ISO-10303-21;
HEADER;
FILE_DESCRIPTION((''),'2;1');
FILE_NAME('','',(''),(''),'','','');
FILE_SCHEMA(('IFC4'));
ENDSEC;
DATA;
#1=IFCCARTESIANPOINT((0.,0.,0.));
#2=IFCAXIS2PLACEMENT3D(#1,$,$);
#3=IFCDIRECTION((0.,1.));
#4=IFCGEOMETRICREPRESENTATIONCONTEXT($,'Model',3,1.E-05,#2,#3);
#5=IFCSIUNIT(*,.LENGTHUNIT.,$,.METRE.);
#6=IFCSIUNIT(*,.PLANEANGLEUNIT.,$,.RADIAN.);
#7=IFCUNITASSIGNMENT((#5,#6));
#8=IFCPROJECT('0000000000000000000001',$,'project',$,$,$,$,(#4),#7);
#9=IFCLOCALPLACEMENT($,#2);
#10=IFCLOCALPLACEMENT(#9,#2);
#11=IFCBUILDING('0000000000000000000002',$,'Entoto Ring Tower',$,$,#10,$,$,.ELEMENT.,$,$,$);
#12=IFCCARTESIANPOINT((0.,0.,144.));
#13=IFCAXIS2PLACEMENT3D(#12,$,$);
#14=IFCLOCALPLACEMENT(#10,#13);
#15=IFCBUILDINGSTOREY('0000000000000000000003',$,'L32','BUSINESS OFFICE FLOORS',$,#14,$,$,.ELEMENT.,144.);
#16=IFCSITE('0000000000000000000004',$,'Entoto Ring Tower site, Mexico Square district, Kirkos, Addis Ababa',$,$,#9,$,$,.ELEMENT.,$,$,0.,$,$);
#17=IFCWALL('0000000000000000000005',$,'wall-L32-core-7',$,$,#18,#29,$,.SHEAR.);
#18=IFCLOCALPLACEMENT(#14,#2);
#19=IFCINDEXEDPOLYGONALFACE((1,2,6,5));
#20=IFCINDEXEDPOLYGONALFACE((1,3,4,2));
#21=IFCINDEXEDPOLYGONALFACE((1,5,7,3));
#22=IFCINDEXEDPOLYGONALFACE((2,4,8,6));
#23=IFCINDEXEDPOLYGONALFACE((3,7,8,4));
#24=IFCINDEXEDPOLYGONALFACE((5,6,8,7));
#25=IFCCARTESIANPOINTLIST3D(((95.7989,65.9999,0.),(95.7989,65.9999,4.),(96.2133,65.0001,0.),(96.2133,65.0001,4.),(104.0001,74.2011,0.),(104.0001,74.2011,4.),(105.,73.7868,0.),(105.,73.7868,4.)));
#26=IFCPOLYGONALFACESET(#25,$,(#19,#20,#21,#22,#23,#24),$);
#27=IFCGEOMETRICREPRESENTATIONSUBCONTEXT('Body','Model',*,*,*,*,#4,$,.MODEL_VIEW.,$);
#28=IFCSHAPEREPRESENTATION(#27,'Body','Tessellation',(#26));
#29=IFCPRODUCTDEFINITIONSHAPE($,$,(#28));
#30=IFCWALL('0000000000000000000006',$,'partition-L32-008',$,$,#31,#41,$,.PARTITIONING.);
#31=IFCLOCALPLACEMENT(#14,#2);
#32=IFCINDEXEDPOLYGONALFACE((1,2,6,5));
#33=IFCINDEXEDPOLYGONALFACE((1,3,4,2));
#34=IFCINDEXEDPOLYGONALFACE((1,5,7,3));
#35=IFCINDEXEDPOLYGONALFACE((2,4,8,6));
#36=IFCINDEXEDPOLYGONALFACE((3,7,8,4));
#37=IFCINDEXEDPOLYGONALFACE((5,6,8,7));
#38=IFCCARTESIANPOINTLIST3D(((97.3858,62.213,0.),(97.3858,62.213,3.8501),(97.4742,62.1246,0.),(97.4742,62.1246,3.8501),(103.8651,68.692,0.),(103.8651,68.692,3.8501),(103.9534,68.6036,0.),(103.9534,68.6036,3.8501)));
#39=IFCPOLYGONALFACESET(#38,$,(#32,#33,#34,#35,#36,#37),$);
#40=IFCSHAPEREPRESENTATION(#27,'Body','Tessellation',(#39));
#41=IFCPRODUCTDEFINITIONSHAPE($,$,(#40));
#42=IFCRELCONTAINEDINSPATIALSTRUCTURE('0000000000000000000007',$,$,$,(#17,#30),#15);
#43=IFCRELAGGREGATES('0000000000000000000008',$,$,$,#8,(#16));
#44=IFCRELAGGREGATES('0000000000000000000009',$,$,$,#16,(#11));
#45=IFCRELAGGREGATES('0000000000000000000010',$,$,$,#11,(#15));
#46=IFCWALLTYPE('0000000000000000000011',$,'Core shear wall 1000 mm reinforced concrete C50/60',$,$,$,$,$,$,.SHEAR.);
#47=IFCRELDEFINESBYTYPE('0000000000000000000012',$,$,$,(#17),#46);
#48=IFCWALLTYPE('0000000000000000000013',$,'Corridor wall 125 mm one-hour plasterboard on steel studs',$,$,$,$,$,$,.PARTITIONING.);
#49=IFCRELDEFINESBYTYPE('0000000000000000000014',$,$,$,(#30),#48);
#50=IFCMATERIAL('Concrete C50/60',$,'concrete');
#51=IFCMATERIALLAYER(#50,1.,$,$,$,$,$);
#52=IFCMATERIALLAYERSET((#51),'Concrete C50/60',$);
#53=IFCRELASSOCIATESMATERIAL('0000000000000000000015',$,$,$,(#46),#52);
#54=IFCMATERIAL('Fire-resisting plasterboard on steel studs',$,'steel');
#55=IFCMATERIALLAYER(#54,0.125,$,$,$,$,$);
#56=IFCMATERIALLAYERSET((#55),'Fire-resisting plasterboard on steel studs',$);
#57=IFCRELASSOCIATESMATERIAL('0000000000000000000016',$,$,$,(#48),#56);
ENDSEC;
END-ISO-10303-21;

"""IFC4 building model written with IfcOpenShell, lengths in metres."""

from ifc_helpers import new_model, si_unit, direction, frame, frame_2d, origin, place, context, subcontext, project, spatial, polyline, rectangle, outline, extrude, material, layer, layer_set, type_object, element, save


model = new_model("IFC4")

# Units and contexts
model_context = context("Model", 3, precision=1e-05, world=origin(), true_north=direction((0.0, 1.0)))
body_context = subcontext(model_context, "Body", "Model", "MODEL_VIEW")
ifc_project = project(units=[si_unit("LENGTHUNIT", "METRE"), si_unit("PLANEANGLEUNIT", "RADIAN")], contexts=[model_context])

# Site, building, storey
site_placement = place(None, origin())
site = spatial("IfcSite", under=ifc_project, at=site_placement, Name="Entoto Ring Tower site, Mexico Square district, Kirkos, Addis Ababa", CompositionType="ELEMENT", RefElevation=0.0)
building_placement = place(site_placement, origin())
building = spatial("IfcBuilding", under=site, at=building_placement, Name="Entoto Ring Tower", CompositionType="ELEMENT")
storey_placement = place(building_placement, frame((0.0, 0.0, 144.0)))
storey = spatial("IfcBuildingStorey", under=building, at=storey_placement, Name="L32", Description="BUSINESS OFFICE FLOORS", CompositionType="ELEMENT", Elevation=144.0)

# Walls
ifc_material_1 = material(Name="Concrete C50/60", Category="concrete")
ifc_layer_1 = layer(ifc_material_1, 1.0)
ifc_layer_set_1 = layer_set([ifc_layer_1], Name="Concrete C50/60")
wall_type_1 = type_object("IfcWallType", Name="Core shear wall 1000 mm reinforced concrete C50/60", PredefinedType="SHEAR", material=ifc_layer_set_1)
wall_1_placement = place(storey_placement, frame((96.0061, 65.5, 0.0), z_axis=(0.0, 0.0, 1.0), x_axis=(0.707107, 0.707107, 0.0)))
element("IfcWall", 1, at=wall_1_placement, inside=storey, type_object=wall_type_1, Name="wall-L32-core-7", PredefinedType="SHEAR", context=body_context, shape_type="SweptSolid", body=[
    extrude(outline(polyline([(-0.207, -0.5), (12.2192, -0.5), (11.8052, 0.5), (0.207, 0.5), (-0.207, -0.5)])), origin(), (0.0, 0.0, 1.0), 4.0),
])
ifc_material_2 = material(Name="Fire-resisting plasterboard on steel studs", Category="steel")
ifc_layer_2 = layer(ifc_material_2, 0.125)
ifc_layer_set_2 = layer_set([ifc_layer_2], Name="Fire-resisting plasterboard on steel studs")
wall_type_2 = type_object("IfcWallType", Name="Corridor wall 125 mm one-hour plasterboard on steel studs", PredefinedType="PARTITIONING", material=ifc_layer_set_2)
wall_2_placement = place(storey_placement, frame((97.4299, 62.1687, 0.0), z_axis=(0.0, 0.0, 1.0), x_axis=(0.70712, 0.707093, 0.0)))
element("IfcWall", 2, at=wall_2_placement, inside=storey, type_object=wall_type_2, Name="partition-L32-008", PredefinedType="PARTITIONING", context=body_context, shape_type="SweptSolid", body=[
    extrude(rectangle(XDim=9.1628, YDim=0.125, at=frame_2d((4.5815, 0.0))), origin(), (0.0, 0.0, 1.0), 3.8501),
])

save(model, "model.ifc")
